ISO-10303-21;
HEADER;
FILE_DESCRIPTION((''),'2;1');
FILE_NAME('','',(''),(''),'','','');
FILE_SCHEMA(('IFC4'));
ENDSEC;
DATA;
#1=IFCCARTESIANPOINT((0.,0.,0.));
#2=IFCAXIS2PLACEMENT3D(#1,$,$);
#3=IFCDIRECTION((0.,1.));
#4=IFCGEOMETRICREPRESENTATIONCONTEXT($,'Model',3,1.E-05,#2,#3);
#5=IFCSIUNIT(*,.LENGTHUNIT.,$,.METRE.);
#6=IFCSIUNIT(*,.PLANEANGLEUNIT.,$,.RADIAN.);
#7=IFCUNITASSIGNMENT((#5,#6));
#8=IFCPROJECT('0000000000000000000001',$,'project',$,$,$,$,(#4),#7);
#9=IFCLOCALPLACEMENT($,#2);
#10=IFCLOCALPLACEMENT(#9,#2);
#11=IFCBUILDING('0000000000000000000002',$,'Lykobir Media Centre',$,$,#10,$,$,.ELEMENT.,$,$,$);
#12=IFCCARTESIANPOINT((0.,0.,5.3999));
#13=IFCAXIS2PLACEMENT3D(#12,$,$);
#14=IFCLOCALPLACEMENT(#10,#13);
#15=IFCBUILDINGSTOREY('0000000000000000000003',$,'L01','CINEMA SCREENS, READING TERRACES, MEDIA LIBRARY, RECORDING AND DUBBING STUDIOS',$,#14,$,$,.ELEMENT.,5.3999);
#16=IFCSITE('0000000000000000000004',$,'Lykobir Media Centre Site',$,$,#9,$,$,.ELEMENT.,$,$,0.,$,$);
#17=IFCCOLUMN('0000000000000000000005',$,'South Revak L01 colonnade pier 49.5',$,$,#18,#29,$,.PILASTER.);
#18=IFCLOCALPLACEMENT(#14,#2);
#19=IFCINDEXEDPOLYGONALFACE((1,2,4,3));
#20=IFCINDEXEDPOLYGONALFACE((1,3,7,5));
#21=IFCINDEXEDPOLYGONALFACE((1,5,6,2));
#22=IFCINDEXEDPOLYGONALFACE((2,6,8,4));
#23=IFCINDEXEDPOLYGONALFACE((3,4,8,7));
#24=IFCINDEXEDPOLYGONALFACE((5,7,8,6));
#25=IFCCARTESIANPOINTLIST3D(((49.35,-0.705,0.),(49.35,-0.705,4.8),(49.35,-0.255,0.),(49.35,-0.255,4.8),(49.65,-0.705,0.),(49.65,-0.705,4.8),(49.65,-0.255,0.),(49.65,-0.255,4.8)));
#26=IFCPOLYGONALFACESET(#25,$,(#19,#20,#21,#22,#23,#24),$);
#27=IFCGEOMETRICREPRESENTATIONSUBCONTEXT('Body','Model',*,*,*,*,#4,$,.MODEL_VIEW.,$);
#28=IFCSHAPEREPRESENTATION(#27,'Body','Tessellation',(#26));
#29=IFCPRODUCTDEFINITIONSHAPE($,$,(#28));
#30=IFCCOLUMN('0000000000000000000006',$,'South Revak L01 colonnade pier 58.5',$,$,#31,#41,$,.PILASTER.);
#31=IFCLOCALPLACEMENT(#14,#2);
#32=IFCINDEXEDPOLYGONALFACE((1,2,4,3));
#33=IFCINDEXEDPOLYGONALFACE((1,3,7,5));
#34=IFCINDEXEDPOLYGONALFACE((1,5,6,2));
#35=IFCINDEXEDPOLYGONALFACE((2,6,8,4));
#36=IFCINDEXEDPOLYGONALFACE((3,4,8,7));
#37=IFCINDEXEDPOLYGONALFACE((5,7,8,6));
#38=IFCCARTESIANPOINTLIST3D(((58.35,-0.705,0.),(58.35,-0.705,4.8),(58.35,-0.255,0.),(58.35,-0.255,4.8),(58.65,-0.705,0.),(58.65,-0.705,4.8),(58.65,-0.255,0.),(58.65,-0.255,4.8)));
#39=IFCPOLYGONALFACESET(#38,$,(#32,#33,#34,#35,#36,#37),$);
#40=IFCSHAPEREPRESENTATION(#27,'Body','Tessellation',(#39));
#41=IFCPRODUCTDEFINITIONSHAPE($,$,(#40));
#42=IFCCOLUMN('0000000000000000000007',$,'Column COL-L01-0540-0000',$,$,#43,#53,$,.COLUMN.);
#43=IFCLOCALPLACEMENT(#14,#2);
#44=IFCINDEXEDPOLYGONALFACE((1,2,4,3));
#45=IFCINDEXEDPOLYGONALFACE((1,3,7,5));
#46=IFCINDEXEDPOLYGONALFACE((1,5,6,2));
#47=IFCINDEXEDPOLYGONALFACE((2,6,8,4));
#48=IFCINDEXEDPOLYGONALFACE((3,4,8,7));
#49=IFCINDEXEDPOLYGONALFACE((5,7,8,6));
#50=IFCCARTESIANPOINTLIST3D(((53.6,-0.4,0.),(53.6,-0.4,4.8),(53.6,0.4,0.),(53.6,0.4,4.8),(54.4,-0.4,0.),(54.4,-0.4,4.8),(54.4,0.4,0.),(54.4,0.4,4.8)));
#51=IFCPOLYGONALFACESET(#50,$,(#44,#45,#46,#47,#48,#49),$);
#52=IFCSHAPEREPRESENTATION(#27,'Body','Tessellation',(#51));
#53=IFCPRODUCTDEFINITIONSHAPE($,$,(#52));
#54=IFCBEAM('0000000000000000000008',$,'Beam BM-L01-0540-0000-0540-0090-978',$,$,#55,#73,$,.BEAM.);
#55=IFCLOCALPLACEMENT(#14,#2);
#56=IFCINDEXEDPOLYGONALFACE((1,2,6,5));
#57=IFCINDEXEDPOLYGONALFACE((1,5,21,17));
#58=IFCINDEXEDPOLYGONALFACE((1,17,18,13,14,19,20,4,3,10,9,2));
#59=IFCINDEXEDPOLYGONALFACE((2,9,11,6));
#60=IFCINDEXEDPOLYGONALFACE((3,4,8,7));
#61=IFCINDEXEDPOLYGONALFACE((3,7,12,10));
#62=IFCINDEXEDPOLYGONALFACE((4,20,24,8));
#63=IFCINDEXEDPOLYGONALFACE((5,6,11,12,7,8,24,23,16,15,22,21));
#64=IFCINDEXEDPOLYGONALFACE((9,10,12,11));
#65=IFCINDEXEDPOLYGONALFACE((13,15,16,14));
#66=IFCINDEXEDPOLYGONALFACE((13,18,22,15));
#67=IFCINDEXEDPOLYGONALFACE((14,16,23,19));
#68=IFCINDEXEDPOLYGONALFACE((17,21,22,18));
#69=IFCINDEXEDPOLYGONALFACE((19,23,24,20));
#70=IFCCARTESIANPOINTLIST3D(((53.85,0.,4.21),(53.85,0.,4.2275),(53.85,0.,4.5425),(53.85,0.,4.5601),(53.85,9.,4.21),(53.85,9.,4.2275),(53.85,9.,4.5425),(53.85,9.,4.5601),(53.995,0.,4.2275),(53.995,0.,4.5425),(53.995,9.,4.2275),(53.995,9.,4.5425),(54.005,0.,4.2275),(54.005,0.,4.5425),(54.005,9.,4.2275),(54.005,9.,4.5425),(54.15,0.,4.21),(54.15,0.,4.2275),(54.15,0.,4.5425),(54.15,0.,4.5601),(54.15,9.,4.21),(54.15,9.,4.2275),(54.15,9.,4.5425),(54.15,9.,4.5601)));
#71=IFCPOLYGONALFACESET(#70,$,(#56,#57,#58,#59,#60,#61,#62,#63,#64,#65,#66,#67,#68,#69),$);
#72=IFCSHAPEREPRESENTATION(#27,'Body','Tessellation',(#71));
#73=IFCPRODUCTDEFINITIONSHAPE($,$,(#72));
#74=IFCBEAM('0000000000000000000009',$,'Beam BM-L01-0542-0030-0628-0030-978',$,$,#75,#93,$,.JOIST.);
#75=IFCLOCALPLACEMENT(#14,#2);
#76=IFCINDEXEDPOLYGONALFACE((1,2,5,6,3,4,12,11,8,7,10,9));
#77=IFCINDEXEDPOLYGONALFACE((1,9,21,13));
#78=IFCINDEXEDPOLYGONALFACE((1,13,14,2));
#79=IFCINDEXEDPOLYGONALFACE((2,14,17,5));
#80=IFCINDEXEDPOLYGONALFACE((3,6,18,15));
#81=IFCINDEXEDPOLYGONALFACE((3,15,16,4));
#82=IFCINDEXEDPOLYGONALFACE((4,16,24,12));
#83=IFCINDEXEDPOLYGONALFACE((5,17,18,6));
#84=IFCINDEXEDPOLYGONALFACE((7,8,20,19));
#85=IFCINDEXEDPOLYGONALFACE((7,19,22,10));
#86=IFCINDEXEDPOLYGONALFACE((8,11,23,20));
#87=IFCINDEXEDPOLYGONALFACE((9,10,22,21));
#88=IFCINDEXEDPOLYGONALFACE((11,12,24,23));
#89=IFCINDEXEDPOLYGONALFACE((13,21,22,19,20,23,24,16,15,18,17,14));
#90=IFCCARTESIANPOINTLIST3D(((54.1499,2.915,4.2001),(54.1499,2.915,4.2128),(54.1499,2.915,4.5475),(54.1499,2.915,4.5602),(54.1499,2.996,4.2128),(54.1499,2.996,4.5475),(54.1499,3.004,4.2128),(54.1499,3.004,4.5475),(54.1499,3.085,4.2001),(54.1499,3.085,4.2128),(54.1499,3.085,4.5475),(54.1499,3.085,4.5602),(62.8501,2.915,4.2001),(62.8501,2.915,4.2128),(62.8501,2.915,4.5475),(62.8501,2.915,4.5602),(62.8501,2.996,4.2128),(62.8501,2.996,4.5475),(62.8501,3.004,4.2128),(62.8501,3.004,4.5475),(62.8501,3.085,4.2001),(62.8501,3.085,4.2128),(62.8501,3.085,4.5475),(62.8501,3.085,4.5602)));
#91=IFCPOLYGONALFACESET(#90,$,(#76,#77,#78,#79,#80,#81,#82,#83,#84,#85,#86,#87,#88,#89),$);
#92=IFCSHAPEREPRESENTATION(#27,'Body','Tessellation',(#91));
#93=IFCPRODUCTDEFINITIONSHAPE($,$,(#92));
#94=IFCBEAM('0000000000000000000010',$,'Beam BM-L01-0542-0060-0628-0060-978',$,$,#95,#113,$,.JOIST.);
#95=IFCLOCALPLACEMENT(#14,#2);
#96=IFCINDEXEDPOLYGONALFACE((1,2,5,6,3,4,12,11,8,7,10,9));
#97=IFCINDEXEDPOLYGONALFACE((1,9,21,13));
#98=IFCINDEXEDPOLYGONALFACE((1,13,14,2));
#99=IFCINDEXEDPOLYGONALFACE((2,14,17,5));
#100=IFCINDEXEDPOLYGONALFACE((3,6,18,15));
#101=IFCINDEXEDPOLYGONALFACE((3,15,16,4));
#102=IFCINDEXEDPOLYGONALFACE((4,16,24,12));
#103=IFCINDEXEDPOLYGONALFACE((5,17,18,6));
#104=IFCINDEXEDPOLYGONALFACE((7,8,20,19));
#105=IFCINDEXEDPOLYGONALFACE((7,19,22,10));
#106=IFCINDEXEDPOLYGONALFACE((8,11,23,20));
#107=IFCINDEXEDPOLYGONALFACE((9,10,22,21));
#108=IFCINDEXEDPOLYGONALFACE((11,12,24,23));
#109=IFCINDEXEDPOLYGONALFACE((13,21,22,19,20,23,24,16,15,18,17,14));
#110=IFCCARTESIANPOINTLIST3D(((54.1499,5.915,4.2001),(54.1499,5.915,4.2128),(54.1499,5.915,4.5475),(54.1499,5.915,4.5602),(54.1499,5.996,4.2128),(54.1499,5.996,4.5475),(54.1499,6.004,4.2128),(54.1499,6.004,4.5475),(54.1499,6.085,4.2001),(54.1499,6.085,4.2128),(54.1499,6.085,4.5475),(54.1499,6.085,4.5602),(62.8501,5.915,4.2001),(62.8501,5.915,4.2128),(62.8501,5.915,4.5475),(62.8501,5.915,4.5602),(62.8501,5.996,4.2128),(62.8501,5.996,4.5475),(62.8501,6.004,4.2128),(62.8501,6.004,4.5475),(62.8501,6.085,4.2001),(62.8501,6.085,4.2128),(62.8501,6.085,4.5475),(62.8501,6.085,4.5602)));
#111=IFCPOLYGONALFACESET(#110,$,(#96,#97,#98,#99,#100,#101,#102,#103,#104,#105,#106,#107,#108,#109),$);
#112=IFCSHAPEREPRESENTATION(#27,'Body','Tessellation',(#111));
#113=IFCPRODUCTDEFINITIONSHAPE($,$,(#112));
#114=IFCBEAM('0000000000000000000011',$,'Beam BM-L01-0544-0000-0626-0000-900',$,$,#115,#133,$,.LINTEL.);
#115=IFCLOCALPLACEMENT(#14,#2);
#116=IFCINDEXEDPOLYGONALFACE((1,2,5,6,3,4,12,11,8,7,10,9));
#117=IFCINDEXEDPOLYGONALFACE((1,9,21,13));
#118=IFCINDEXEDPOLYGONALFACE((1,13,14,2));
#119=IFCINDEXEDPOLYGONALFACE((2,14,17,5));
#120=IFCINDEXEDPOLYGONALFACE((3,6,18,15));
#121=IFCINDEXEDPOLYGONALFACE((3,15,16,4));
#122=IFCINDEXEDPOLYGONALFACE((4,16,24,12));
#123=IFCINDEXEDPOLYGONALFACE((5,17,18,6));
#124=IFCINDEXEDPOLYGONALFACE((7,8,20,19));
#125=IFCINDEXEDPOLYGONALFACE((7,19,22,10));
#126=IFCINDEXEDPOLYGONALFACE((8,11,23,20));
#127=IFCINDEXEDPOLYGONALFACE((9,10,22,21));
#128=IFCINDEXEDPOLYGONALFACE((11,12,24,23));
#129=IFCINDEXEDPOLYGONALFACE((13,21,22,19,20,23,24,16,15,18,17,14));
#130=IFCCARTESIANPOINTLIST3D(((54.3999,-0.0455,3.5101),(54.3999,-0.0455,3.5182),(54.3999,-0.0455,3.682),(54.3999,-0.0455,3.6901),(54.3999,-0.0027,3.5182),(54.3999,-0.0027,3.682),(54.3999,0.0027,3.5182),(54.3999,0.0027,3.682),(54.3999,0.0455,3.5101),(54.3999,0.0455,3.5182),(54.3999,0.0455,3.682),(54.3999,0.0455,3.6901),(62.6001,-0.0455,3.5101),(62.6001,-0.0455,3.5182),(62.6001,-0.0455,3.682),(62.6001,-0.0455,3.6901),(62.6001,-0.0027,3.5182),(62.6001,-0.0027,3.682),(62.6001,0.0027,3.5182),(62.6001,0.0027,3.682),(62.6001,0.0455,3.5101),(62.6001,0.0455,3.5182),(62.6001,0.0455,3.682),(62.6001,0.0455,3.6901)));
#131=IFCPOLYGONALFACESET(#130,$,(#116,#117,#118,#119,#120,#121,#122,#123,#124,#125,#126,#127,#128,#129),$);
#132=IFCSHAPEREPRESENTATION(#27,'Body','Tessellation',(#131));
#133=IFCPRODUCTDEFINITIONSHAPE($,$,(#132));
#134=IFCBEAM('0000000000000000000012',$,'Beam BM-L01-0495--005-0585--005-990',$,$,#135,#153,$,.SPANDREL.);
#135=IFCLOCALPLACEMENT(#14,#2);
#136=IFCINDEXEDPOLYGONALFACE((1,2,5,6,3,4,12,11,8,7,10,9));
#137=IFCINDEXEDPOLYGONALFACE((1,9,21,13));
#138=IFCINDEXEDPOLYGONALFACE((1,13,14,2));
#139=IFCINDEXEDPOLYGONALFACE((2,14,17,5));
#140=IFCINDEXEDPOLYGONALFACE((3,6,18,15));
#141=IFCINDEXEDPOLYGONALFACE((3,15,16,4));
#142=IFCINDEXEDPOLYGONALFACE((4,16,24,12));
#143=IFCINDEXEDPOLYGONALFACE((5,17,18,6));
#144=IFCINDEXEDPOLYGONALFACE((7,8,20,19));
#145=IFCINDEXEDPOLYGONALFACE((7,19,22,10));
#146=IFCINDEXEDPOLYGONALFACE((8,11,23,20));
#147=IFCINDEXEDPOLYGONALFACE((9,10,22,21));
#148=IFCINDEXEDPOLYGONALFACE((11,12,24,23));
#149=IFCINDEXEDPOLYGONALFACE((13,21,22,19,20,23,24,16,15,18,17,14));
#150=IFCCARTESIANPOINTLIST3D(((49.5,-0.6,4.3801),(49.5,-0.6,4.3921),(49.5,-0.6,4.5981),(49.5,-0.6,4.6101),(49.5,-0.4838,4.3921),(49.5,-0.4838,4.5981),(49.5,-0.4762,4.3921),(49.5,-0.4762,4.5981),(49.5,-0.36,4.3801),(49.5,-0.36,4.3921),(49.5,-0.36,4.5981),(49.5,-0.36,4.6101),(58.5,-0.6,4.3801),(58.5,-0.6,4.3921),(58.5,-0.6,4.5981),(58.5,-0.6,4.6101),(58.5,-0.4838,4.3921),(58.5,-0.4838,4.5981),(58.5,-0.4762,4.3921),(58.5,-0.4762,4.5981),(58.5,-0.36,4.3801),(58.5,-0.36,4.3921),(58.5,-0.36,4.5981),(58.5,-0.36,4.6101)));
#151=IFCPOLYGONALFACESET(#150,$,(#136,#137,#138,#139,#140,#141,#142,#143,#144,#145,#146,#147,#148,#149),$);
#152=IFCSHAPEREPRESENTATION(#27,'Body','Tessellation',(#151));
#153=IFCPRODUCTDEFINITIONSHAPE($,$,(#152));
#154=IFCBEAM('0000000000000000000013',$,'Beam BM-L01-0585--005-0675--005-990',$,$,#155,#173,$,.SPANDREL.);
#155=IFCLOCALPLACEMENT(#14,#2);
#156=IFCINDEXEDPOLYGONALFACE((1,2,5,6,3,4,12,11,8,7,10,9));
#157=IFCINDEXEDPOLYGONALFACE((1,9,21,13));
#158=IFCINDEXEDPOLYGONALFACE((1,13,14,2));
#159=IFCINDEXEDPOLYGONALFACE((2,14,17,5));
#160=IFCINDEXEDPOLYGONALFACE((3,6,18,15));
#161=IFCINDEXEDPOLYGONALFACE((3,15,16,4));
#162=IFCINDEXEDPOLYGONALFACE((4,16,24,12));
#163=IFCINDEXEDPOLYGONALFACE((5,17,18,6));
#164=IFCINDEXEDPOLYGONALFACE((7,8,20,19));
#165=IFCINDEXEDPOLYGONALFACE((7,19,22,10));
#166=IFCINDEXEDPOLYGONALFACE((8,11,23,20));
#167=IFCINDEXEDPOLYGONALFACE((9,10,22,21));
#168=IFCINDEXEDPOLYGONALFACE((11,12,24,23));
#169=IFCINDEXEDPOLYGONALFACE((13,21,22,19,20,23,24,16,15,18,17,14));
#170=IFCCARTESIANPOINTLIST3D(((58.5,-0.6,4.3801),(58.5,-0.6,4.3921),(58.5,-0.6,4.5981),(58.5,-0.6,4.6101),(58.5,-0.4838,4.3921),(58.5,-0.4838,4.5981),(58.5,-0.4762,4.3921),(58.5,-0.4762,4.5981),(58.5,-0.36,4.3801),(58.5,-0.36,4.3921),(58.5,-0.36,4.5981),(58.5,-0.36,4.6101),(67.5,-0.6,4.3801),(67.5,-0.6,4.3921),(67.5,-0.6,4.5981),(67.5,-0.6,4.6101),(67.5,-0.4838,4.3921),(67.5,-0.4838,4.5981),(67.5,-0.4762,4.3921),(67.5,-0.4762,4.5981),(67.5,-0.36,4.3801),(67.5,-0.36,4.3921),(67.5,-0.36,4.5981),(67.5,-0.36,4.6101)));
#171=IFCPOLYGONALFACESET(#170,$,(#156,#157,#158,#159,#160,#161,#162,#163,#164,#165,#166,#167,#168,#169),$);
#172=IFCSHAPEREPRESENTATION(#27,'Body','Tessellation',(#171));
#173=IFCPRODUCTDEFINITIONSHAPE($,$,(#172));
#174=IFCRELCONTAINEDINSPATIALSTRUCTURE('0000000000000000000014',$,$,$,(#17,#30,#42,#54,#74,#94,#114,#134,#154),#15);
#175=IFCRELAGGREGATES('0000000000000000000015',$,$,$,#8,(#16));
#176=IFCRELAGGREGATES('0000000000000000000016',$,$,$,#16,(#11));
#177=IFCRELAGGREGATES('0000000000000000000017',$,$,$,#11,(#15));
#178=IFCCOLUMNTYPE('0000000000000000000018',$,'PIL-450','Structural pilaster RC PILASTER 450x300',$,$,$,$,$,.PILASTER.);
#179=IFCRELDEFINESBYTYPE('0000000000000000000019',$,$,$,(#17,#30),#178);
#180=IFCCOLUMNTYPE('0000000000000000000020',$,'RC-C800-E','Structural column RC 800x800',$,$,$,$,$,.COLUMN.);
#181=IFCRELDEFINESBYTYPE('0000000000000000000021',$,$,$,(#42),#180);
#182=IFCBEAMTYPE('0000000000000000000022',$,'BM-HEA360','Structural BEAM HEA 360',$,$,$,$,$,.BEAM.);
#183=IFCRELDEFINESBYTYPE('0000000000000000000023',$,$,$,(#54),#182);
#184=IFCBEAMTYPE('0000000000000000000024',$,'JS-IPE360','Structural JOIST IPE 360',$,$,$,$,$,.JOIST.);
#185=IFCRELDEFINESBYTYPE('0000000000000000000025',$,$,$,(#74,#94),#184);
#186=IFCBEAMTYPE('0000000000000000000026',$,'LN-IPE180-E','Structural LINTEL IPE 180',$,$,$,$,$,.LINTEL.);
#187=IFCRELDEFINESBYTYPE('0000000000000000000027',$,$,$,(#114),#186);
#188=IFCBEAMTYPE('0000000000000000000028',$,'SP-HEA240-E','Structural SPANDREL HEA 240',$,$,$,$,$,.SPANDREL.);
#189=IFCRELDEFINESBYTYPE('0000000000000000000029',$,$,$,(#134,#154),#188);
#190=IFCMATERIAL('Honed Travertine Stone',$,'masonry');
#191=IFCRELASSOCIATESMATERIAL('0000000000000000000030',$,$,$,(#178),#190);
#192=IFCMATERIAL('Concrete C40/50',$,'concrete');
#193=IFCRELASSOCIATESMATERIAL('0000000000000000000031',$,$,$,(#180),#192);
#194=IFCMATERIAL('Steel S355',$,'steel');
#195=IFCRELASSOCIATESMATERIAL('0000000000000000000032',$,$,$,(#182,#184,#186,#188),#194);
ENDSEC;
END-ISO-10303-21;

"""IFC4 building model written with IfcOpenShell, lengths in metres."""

from ifc_helpers import new_model, si_unit, direction, frame, origin, origin_2d, place, context, subcontext, project, spatial, rectangle, i_section, extrude, material, material_profile, profile_set, type_object, element, save


model = new_model("IFC4")

# Units and contexts
model_context = context("Model", 3, precision=1e-05, world=origin(), true_north=direction((0.0, 1.0)))
body_context = subcontext(model_context, "Body", "Model", "MODEL_VIEW")
ifc_project = project(units=[si_unit("LENGTHUNIT", "METRE"), si_unit("PLANEANGLEUNIT", "RADIAN")], contexts=[model_context])

# Site, building, storey
site_placement = place(None, origin())
site = spatial("IfcSite", under=ifc_project, at=site_placement, Name="Lykobir Media Centre Site", CompositionType="ELEMENT", RefElevation=0.0)
building_placement = place(site_placement, origin())
building = spatial("IfcBuilding", under=site, at=building_placement, Name="Lykobir Media Centre", CompositionType="ELEMENT")
storey_placement = place(building_placement, frame((0.0, 0.0, 5.3999)))
storey = spatial("IfcBuildingStorey", under=building, at=storey_placement, Name="L01", Description="CINEMA SCREENS, READING TERRACES, MEDIA LIBRARY, RECORDING AND DUBBING STUDIOS", CompositionType="ELEMENT", Elevation=5.3999)

# Columns
ifc_material_1 = material(Name="Honed Travertine Stone", Category="masonry")
ifc_material_profile_1 = material_profile(ifc_material_1, rectangle(XDim=0.3, YDim=0.45, at=origin_2d()), Name="RC PILASTER 450x300")
ifc_profile_set_1 = profile_set([ifc_material_profile_1], Name="Honed Travertine Stone")
column_type_1 = type_object("IfcColumnType", Name="PIL-450", Description="Structural pilaster RC PILASTER 450x300", PredefinedType="PILASTER", material=ifc_profile_set_1)
for number, where, z_axis, x_axis, name in (
    (1, (49.5, -0.48, 0.0), (0.0, 0.0, 1.0), (1.0, 0.0, 0.0), "South Revak L01 colonnade pier 49.5"),
    (2, (58.5, -0.48, 0.0), (0.0, 0.0, 1.0), (1.0, 0.0, 0.0), "South Revak L01 colonnade pier 58.5"),
):
    element("IfcColumn", number, at=place(storey_placement, frame(where, z_axis=z_axis, x_axis=x_axis)), inside=storey, type_object=column_type_1, Name=name, PredefinedType="PILASTER", context=body_context, shape_type="SweptSolid", body=[
        extrude(rectangle(XDim=0.3, YDim=0.45, at=origin_2d()), origin(), (0.0, 0.0, 1.0), 4.8),
    ])
ifc_material_2 = material(Name="Concrete C40/50", Category="concrete")
ifc_material_profile_2 = material_profile(ifc_material_2, rectangle(XDim=0.8, YDim=0.8, at=origin_2d()), Name="RC 800x800")
ifc_profile_set_2 = profile_set([ifc_material_profile_2], Name="Concrete C40/50")
column_type_2 = type_object("IfcColumnType", Name="RC-C800-E", Description="Structural column RC 800x800", PredefinedType="COLUMN", material=ifc_profile_set_2)
column_placement = place(storey_placement, frame((54.0, 0.0, 0.0), z_axis=(0.0, 0.0, 1.0), x_axis=(1.0, 0.0, 0.0)))
element("IfcColumn", 3, at=column_placement, inside=storey, type_object=column_type_2, Name="Column COL-L01-0540-0000", PredefinedType="COLUMN", context=body_context, shape_type="SweptSolid", body=[
    extrude(rectangle(XDim=0.8, YDim=0.8, at=origin_2d()), origin(), (0.0, 0.0, 1.0), 4.8),
])

# Beams
ifc_material_3 = material(Name="Steel S355", Category="steel")
ifc_material_profile_3 = material_profile(ifc_material_3, i_section(OverallWidth=0.3, OverallDepth=0.3501, WebThickness=0.01, FlangeThickness=0.0176, at=origin_2d()), Name="HEA 360")
ifc_profile_set_3 = profile_set([ifc_material_profile_3], Name="Steel S355")
beam_type_1 = type_object("IfcBeamType", Name="BM-HEA360", Description="Structural BEAM HEA 360", PredefinedType="BEAM", material=ifc_profile_set_3)
beam_1_placement = place(storey_placement, frame((54.0, 0.0, 4.385), z_axis=(0.0, 1.0, 0.0), x_axis=(-1.0, 0.0, 0.0)))
element("IfcBeam", 4, at=beam_1_placement, inside=storey, type_object=beam_type_1, Name="Beam BM-L01-0540-0000-0540-0090-978", PredefinedType="BEAM", context=body_context, shape_type="SweptSolid", body=[
    extrude(i_section(OverallWidth=0.3, OverallDepth=0.3501, WebThickness=0.01, FlangeThickness=0.0176, at=origin_2d()), origin(), (0.0, 0.0, 1.0), 9.0),
])
ifc_material_profile_4 = material_profile(ifc_material_3, i_section(OverallWidth=0.1699, OverallDepth=0.3601, WebThickness=0.0081, FlangeThickness=0.0127, at=origin_2d()), Name="IPE 360")
ifc_profile_set_4 = profile_set([ifc_material_profile_4], Name="Steel S355")
beam_type_2 = type_object("IfcBeamType", Name="JS-IPE360", Description="Structural JOIST IPE 360", PredefinedType="JOIST", material=ifc_profile_set_4)
for number, where, z_axis, x_axis, name in (
    (5, (54.1499, 3.0, 4.3801), (1.0, 0.0, 0.0), (0.0, 1.0, 0.0), "Beam BM-L01-0542-0030-0628-0030-978"),
    (6, (54.1499, 6.0, 4.3801), (1.0, 0.0, 0.0), (0.0, 1.0, 0.0), "Beam BM-L01-0542-0060-0628-0060-978"),
):
    element("IfcBeam", number, at=place(storey_placement, frame(where, z_axis=z_axis, x_axis=x_axis)), inside=storey, type_object=beam_type_2, Name=name, PredefinedType="JOIST", context=body_context, shape_type="SweptSolid", body=[
        extrude(i_section(OverallWidth=0.1699, OverallDepth=0.3601, WebThickness=0.0081, FlangeThickness=0.0127, at=origin_2d()), origin(), (0.0, 0.0, 1.0), 8.7002),
    ])
ifc_material_profile_5 = material_profile(ifc_material_3, i_section(OverallWidth=0.0911, OverallDepth=0.1799, WebThickness=0.0054, FlangeThickness=0.0081, at=origin_2d()), Name="IPE 180")
ifc_profile_set_5 = profile_set([ifc_material_profile_5], Name="Steel S355")
beam_type_3 = type_object("IfcBeamType", Name="LN-IPE180-E", Description="Structural LINTEL IPE 180", PredefinedType="LINTEL", material=ifc_profile_set_5)
beam_2_placement = place(storey_placement, frame((54.3999, 0.0, 3.6001), z_axis=(1.0, 0.0, 0.0), x_axis=(0.0, 1.0, 0.0)))
element("IfcBeam", 7, at=beam_2_placement, inside=storey, type_object=beam_type_3, Name="Beam BM-L01-0544-0000-0626-0000-900", PredefinedType="LINTEL", context=body_context, shape_type="SweptSolid", body=[
    extrude(i_section(OverallWidth=0.0911, OverallDepth=0.1799, WebThickness=0.0054, FlangeThickness=0.0081, at=origin_2d()), origin(), (0.0, 0.0, 1.0), 8.2002),
])
ifc_material_profile_6 = material_profile(ifc_material_3, i_section(OverallWidth=0.24, OverallDepth=0.23, WebThickness=0.0076, FlangeThickness=0.012, at=origin_2d()), Name="HEA 240")
ifc_profile_set_6 = profile_set([ifc_material_profile_6], Name="Steel S355")
beam_type_4 = type_object("IfcBeamType", Name="SP-HEA240-E", Description="Structural SPANDREL HEA 240", PredefinedType="SPANDREL", material=ifc_profile_set_6)
for number, where, z_axis, x_axis, name in (
    (8, (49.5, -0.48, 4.4951), (1.0, 0.0, 0.0), (0.0, 1.0, 0.0), "Beam BM-L01-0495--005-0585--005-990"),
    (9, (58.5, -0.48, 4.4951), (1.0, 0.0, 0.0), (0.0, 1.0, 0.0), "Beam BM-L01-0585--005-0675--005-990"),
):
    element("IfcBeam", number, at=place(storey_placement, frame(where, z_axis=z_axis, x_axis=x_axis)), inside=storey, type_object=beam_type_4, Name=name, PredefinedType="SPANDREL", context=body_context, shape_type="SweptSolid", body=[
        extrude(i_section(OverallWidth=0.24, OverallDepth=0.23, WebThickness=0.0076, FlangeThickness=0.012, at=origin_2d()), origin(), (0.0, 0.0, 1.0), 9.0),
    ])

save(model, "model.ifc")
